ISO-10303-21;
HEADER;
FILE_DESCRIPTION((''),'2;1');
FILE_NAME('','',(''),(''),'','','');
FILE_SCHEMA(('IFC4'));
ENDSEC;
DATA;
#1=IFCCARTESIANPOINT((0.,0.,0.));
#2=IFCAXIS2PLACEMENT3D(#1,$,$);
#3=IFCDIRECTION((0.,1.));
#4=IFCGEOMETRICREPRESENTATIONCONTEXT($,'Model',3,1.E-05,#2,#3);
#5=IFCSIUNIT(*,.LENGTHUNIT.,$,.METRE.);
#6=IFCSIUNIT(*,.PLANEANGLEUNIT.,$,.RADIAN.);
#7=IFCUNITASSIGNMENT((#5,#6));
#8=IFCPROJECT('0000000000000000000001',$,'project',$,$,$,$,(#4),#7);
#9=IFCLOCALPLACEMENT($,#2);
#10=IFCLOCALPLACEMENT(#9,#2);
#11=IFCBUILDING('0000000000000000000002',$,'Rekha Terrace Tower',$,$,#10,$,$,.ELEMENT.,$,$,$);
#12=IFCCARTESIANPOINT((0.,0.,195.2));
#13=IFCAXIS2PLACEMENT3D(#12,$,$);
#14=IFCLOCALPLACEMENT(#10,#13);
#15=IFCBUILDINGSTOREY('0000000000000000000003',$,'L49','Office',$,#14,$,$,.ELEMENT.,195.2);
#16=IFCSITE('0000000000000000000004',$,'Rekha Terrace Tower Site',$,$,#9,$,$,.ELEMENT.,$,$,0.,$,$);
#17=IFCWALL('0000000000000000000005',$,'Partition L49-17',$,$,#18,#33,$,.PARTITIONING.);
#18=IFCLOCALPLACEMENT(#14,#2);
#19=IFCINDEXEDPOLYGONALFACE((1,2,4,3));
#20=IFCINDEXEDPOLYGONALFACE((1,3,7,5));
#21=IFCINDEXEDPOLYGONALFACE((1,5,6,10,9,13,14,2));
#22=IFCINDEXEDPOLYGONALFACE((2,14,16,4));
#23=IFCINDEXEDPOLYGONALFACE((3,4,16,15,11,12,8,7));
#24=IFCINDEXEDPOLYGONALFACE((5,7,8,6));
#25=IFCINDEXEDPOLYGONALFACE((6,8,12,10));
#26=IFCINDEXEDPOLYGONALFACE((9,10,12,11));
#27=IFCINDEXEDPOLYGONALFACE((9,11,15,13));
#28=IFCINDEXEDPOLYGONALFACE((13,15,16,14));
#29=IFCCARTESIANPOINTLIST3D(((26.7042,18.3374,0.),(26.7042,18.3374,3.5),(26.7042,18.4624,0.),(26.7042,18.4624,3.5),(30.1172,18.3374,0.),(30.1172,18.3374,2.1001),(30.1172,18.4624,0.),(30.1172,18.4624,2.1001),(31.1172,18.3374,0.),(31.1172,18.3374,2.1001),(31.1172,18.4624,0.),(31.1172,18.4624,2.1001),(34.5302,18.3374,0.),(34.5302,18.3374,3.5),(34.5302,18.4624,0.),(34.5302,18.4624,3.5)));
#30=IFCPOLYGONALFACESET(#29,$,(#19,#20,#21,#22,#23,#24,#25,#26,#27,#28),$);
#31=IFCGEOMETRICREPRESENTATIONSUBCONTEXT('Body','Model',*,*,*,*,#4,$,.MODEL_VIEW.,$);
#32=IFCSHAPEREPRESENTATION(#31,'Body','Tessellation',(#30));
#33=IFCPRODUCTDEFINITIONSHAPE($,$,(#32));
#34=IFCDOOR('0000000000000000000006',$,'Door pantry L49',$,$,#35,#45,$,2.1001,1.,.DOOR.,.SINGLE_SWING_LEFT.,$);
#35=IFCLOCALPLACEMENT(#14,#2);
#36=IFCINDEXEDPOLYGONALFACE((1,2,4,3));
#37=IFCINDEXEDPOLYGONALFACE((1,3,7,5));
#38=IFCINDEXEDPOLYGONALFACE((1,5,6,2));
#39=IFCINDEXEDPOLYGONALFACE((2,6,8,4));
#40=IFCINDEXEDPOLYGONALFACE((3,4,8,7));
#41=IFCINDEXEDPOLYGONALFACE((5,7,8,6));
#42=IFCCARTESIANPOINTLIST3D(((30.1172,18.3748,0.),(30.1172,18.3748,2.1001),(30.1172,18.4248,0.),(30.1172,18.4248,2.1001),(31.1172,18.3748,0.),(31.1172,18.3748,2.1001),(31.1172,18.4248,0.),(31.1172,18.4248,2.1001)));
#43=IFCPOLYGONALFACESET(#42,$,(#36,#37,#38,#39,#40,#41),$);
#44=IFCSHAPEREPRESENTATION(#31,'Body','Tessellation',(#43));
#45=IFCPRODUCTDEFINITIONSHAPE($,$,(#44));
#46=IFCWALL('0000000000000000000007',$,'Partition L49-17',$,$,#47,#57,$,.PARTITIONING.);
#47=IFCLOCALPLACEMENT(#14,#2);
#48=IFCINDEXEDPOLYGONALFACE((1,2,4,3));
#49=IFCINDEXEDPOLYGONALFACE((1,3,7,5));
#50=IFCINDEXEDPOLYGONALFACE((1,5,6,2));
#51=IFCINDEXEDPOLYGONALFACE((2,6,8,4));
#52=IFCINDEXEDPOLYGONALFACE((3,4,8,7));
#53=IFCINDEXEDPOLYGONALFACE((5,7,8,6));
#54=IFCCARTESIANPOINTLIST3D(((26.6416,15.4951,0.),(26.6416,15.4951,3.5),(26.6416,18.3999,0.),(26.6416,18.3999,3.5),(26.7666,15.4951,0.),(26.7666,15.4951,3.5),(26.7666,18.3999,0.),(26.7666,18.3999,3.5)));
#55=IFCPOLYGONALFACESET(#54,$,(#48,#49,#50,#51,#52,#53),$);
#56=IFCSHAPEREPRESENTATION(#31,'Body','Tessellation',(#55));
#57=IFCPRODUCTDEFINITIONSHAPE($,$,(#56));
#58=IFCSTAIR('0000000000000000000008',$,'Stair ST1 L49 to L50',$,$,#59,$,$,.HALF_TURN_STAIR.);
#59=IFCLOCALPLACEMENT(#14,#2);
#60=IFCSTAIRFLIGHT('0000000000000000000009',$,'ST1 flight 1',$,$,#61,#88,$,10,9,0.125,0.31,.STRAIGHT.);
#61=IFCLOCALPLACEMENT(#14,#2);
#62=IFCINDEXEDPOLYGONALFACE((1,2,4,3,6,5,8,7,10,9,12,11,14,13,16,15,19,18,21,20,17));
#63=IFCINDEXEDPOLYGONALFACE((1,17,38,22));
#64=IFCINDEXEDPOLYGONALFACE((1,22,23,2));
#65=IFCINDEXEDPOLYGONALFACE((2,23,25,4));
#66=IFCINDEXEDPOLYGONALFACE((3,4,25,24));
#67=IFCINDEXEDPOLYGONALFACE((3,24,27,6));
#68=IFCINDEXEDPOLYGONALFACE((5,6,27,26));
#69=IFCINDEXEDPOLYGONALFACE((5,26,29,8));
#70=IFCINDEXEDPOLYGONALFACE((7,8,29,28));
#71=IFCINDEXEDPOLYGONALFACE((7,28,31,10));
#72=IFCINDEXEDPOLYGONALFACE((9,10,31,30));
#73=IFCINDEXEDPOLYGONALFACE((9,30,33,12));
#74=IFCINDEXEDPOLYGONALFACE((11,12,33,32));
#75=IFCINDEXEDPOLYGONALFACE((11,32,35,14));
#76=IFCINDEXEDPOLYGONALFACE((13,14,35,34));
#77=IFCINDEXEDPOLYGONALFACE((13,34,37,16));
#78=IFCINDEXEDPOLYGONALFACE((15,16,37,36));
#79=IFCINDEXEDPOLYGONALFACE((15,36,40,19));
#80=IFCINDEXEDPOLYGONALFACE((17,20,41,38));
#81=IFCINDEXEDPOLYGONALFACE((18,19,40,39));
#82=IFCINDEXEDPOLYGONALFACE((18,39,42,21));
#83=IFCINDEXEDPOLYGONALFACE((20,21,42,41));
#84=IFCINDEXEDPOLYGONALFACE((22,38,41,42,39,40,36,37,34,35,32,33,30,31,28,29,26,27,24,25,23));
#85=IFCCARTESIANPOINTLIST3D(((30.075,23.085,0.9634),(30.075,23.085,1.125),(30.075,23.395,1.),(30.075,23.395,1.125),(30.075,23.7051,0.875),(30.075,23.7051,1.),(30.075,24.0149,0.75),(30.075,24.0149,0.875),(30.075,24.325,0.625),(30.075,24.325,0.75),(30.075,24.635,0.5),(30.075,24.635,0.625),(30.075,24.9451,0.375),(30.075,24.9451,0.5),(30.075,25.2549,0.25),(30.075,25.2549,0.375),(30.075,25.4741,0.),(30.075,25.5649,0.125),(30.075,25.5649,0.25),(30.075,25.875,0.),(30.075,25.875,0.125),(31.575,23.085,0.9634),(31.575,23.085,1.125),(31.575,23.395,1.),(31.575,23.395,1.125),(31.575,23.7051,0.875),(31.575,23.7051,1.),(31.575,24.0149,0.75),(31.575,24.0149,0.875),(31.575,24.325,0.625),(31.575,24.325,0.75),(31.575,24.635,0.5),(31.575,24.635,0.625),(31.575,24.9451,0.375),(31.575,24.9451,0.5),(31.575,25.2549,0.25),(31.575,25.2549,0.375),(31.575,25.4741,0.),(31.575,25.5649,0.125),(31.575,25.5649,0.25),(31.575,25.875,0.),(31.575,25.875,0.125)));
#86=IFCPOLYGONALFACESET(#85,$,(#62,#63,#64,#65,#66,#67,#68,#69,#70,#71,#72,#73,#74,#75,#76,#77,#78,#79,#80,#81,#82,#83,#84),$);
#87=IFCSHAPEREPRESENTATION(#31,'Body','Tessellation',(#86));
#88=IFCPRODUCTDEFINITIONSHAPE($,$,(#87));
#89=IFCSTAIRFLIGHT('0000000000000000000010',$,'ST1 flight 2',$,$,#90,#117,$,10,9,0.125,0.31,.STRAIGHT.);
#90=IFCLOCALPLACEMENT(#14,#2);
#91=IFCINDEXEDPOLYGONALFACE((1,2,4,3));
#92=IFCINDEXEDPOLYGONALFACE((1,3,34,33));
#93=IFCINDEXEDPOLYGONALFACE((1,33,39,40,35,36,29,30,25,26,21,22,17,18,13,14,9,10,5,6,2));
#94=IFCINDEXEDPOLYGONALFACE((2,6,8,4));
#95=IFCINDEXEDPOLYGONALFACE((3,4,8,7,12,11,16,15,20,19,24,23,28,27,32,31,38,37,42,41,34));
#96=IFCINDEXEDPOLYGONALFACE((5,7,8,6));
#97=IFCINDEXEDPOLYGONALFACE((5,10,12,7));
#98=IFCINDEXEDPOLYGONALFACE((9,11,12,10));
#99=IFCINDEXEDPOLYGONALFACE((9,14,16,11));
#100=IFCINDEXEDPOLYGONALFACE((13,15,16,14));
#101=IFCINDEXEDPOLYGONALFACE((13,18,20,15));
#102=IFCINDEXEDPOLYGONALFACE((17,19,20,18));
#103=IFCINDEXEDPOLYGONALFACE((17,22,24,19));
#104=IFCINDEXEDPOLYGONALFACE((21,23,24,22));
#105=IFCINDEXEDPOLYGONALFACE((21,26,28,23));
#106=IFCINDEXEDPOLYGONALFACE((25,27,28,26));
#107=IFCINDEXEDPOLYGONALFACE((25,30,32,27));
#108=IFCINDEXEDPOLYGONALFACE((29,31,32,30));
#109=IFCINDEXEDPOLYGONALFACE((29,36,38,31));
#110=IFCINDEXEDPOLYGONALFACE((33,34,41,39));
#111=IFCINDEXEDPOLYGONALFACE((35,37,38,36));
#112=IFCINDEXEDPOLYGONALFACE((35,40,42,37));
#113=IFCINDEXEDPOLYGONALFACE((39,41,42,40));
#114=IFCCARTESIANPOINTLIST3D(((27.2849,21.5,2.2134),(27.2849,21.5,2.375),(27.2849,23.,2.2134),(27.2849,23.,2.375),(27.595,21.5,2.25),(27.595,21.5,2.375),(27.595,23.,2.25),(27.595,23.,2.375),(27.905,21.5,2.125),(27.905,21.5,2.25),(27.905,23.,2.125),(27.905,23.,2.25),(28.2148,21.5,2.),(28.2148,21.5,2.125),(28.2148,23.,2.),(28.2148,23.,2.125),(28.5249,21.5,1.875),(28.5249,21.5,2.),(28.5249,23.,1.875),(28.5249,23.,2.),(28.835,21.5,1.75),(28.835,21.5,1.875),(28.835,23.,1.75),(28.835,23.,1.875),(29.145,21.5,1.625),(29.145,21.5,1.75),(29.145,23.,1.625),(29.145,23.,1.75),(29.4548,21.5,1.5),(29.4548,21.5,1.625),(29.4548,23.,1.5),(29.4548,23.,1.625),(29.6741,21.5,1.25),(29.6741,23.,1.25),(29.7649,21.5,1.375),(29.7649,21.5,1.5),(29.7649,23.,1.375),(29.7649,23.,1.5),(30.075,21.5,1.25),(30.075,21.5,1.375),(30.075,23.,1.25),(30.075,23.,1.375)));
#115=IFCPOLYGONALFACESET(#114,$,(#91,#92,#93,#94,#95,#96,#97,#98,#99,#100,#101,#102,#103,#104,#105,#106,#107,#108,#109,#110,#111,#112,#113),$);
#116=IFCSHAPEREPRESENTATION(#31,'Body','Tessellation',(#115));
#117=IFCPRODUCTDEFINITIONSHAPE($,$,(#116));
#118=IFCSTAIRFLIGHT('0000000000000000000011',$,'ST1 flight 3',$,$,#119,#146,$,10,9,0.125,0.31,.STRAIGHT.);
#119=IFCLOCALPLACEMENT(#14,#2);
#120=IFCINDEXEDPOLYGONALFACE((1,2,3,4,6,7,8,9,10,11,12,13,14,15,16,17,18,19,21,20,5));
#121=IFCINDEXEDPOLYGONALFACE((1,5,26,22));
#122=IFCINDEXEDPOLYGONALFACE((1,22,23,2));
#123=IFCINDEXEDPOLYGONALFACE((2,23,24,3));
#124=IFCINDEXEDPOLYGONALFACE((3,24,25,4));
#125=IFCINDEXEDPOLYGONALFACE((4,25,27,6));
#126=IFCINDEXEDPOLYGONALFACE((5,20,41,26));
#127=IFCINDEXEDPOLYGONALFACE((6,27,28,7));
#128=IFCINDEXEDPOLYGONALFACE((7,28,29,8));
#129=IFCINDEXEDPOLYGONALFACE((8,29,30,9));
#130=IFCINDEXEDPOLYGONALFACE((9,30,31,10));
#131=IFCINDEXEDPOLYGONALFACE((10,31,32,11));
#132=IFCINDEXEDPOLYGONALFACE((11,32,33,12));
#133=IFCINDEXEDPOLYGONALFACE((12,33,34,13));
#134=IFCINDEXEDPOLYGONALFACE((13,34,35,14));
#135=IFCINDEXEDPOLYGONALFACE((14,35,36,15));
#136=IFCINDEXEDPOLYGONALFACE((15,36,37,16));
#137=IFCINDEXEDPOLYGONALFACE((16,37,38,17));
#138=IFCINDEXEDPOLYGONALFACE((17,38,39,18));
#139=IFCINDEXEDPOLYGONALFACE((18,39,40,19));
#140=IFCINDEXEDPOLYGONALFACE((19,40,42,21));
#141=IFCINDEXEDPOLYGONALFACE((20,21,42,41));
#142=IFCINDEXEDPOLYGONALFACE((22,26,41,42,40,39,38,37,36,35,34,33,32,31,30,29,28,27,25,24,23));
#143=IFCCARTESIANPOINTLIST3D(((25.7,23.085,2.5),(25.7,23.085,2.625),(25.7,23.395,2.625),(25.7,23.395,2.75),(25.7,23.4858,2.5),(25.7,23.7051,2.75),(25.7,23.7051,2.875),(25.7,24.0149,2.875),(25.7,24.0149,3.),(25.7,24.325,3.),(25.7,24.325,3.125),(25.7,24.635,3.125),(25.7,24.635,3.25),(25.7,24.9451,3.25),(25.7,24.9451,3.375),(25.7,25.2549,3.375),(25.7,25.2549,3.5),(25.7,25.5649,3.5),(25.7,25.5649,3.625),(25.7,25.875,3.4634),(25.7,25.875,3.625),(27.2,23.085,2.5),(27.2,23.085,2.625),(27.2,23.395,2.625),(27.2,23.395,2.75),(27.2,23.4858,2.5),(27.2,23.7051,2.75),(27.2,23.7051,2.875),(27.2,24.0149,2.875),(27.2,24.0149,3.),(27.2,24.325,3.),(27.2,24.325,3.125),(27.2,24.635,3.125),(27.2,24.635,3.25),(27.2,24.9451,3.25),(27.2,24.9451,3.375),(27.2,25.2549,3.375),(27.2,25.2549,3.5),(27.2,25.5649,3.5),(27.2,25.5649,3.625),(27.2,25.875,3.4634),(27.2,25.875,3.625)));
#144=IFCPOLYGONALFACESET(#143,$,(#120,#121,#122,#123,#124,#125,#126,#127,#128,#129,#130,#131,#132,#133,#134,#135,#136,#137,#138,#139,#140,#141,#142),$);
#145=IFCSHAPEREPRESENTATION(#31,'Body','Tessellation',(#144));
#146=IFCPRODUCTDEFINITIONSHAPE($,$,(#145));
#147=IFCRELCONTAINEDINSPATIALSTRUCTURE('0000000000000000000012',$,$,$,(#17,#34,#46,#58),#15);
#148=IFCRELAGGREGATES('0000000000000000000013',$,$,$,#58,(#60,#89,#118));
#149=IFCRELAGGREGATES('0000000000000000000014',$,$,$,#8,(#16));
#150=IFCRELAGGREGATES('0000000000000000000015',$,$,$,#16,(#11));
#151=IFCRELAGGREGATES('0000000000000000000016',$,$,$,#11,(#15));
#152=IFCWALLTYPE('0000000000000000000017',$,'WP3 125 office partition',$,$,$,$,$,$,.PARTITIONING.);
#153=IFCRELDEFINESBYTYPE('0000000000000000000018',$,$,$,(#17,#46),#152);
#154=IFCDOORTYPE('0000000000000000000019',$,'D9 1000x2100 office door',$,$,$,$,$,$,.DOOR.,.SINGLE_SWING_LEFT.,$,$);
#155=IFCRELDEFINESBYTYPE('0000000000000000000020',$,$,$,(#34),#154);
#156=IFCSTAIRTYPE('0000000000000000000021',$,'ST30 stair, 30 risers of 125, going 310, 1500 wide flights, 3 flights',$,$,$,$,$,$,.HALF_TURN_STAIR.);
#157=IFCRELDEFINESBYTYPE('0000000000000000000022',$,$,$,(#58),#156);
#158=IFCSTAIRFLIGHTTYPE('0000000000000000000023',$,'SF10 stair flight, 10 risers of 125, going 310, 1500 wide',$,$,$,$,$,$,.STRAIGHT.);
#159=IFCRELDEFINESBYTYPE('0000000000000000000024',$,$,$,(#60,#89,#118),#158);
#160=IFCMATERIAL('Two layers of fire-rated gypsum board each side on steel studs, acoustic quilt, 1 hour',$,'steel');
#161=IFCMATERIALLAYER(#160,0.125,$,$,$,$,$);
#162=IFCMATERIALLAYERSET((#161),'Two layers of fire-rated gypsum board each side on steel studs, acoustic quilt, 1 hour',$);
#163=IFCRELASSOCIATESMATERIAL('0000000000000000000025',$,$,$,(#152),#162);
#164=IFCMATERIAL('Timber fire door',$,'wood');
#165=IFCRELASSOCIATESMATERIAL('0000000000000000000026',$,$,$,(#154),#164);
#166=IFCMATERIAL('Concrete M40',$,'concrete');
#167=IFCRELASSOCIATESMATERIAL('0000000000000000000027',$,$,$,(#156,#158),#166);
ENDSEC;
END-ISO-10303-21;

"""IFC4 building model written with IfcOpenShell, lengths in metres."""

from ifc_helpers import new_model, si_unit, direction, frame, frame_2d, origin, place, context, subcontext, project, spatial, polyline, rectangle, outline, extrude, material, layer, layer_set, type_object, element, fill, aggregate, save


model = new_model("IFC4")

# Units and contexts
model_context = context("Model", 3, precision=1e-05, world=origin(), true_north=direction((0.0, 1.0)))
body_context = subcontext(model_context, "Body", "Model", "MODEL_VIEW")
ifc_project = project(units=[si_unit("LENGTHUNIT", "METRE"), si_unit("PLANEANGLEUNIT", "RADIAN")], contexts=[model_context])

# Site, building, storey
site_placement = place(None, origin())
site = spatial("IfcSite", under=ifc_project, at=site_placement, Name="Rekha Terrace Tower Site", CompositionType="ELEMENT", RefElevation=0.0)
building_placement = place(site_placement, origin())
building = spatial("IfcBuilding", under=site, at=building_placement, Name="Rekha Terrace Tower", CompositionType="ELEMENT")
storey_placement = place(building_placement, frame((0.0, 0.0, 195.2)))
storey = spatial("IfcBuildingStorey", under=building, at=storey_placement, Name="L49", Description="Office", CompositionType="ELEMENT", Elevation=195.2)

# Wall, opening, door
ifc_material_1 = material(Name="Two layers of fire-rated gypsum board each side on steel studs, acoustic quilt, 1 hour", Category="steel")
ifc_layer_1 = layer(ifc_material_1, 0.125)
ifc_layer_set_1 = layer_set([ifc_layer_1], Name="Two layers of fire-rated gypsum board each side on steel studs, acoustic quilt, 1 hour")
wall_type = type_object("IfcWallType", Name="WP3 125 office partition", PredefinedType="PARTITIONING", material=ifc_layer_set_1)
wall_1_placement = place(storey_placement, frame((26.7041, 18.3999, 0.0), z_axis=(0.0, 0.0, 1.0), x_axis=(1.0, 0.0, 0.0)))
wall_1 = element("IfcWall", 1, at=wall_1_placement, inside=storey, type_object=wall_type, Name="Partition L49-17", PredefinedType="PARTITIONING", context=body_context, shape_type="SweptSolid", body=[
    extrude(rectangle(XDim=7.8259, YDim=0.125, at=frame_2d((3.9131, 0.0))), origin(), (0.0, 0.0, 1.0), 3.5),
])
opening_placement = place(wall_1_placement, frame((3.4131, 0.0, 0.0)))
opening = element("IfcOpeningElement", 2, at=opening_placement, cuts=wall_1, PredefinedType="OPENING", context=body_context, shape_type="SweptSolid", body=[
    extrude(rectangle(XDim=1.0, YDim=2.1001, at=frame_2d((0.5, 1.05))), frame((0.0, 0.0725, 0.0), z_axis=(0.0, -1.0, 0.0), x_axis=(1.0, 0.0, 0.0)), (0.0, 0.0, 1.0), 0.145),
])
ifc_material_2 = material(Name="Timber fire door", Category="wood")
door_type = type_object("IfcDoorType", Name="D9 1000x2100 office door", OperationType="SINGLE_SWING_LEFT", PredefinedType="DOOR", material=ifc_material_2)
door_placement = place(opening_placement, origin())
door = element("IfcDoor", 3, at=door_placement, inside=storey, type_object=door_type, Name="Door pantry L49", OperationType="SINGLE_SWING_LEFT", OverallHeight=2.1001, OverallWidth=1.0, PredefinedType="DOOR", context=body_context, shape_type="SweptSolid", body=[
    extrude(rectangle(XDim=1.0, YDim=2.1001, at=frame_2d((0.5, 1.05))), frame((0.0, 0.0249, 0.0), z_axis=(0.0, -1.0, 0.0), x_axis=(1.0, 0.0, 0.0)), (0.0, 0.0, 1.0), 0.05),
])
fill(opening, door)

# Wall
wall_2_placement = place(storey_placement, frame((26.7041, 15.4951, 0.0), z_axis=(0.0, 0.0, 1.0), x_axis=(0.0, 1.0, 0.0)))
element("IfcWall", 4, at=wall_2_placement, inside=storey, type_object=wall_type, Name="Partition L49-17", PredefinedType="PARTITIONING", context=body_context, shape_type="SweptSolid", body=[
    extrude(rectangle(XDim=2.9048, YDim=0.125, at=frame_2d((1.4524, 0.0))), origin(), (0.0, 0.0, 1.0), 3.5),
])

# Stair, stair flights
ifc_material_3 = material(Name="Concrete M40", Category="concrete")
stair_type = type_object("IfcStairType", Name="ST30 stair, 30 risers of 125, going 310, 1500 wide flights, 3 flights", PredefinedType="HALF_TURN_STAIR", material=ifc_material_3)
stair_placement = place(storey_placement, origin())
stair = element("IfcStair", 5, at=stair_placement, inside=storey, type_object=stair_type, Name="Stair ST1 L49 to L50", PredefinedType="HALF_TURN_STAIR")
stair_flight_type = type_object("IfcStairFlightType", Name="SF10 stair flight, 10 risers of 125, going 310, 1500 wide", PredefinedType="STRAIGHT", material=ifc_material_3)
stair_flight_1_placement = place(storey_placement, frame((30.825, 25.875, 0.0), z_axis=(0.0, 0.0, 1.0), x_axis=(0.0, -1.0, 0.0)))
stair_flight_1 = element("IfcStairFlight", 6, at=stair_flight_1_placement, type_object=stair_flight_type, Name="ST1 flight 1", NumberOfRisers=10, NumberOfTreads=9, PredefinedType="STRAIGHT", RiserHeight=0.125, TreadLength=0.31, context=body_context, shape_type="SweptSolid", body=[
    extrude(outline(polyline([(0.0, 0.0), (0.0, 0.125), (0.3101, 0.125), (0.3101, 0.25), (0.6201, 0.25), (0.6201, 0.375), (0.9299, 0.375), (0.9299, 0.5), (1.24, 0.5), (1.24, 0.625), (1.55, 0.625), (1.55, 0.75), (1.8601, 0.75), (1.8601, 0.875), (2.1699, 0.875), (2.1699, 1.0), (2.48, 1.0), (2.48, 1.125), (2.79, 1.125), (2.79, 1.25), (2.79, 0.9634), (0.4009, 0.0), (0.0, 0.0)])), frame((0.0, 0.75, 0.0), z_axis=(0.0, -1.0, 0.0), x_axis=(1.0, 0.0, 0.0)), (0.0, 0.0, 1.0), 1.5),
])
stair_flight_2_placement = place(storey_placement, frame((30.075, 22.25, 1.25), z_axis=(0.0, 0.0, 1.0), x_axis=(-1.0, 0.0, 0.0)))
stair_flight_2 = element("IfcStairFlight", 7, at=stair_flight_2_placement, type_object=stair_flight_type, Name="ST1 flight 2", NumberOfRisers=10, NumberOfTreads=9, PredefinedType="STRAIGHT", RiserHeight=0.125, TreadLength=0.31, context=body_context, shape_type="SweptSolid", body=[
    extrude(outline(polyline([(0.0, 0.0), (0.0, 0.125), (0.3101, 0.125), (0.3101, 0.25), (0.6201, 0.25), (0.6201, 0.375), (0.9299, 0.375), (0.9299, 0.5), (1.24, 0.5), (1.24, 0.625), (1.55, 0.625), (1.55, 0.75), (1.8601, 0.75), (1.8601, 0.875), (2.1699, 0.875), (2.1699, 1.0), (2.48, 1.0), (2.48, 1.125), (2.79, 1.125), (2.79, 1.25), (2.79, 0.9634), (0.4009, 0.0), (0.0, 0.0)])), frame((0.0, 0.75, 0.0), z_axis=(0.0, -1.0, 0.0), x_axis=(1.0, 0.0, 0.0)), (0.0, 0.0, 1.0), 1.5),
])
stair_flight_3_placement = place(storey_placement, frame((26.45, 23.085, 2.5), z_axis=(0.0, 0.0, 1.0), x_axis=(0.0, 1.0, 0.0)))
stair_flight_3 = element("IfcStairFlight", 8, at=stair_flight_3_placement, type_object=stair_flight_type, Name="ST1 flight 3", NumberOfRisers=10, NumberOfTreads=9, PredefinedType="STRAIGHT", RiserHeight=0.125, TreadLength=0.31, context=body_context, shape_type="SweptSolid", body=[
    extrude(outline(polyline([(0.0, 0.0), (0.0, 0.125), (0.3101, 0.125), (0.3101, 0.25), (0.6201, 0.25), (0.6201, 0.375), (0.9299, 0.375), (0.9299, 0.5), (1.24, 0.5), (1.24, 0.625), (1.55, 0.625), (1.55, 0.75), (1.8601, 0.75), (1.8601, 0.875), (2.1699, 0.875), (2.1699, 1.0), (2.48, 1.0), (2.48, 1.125), (2.79, 1.125), (2.79, 1.25), (2.79, 0.9634), (0.4009, 0.0), (0.0, 0.0)])), frame((0.0, 0.75, 0.0), z_axis=(0.0, -1.0, 0.0), x_axis=(1.0, 0.0, 0.0)), (0.0, 0.0, 1.0), 1.5),
])
aggregate(stair, [stair_flight_1, stair_flight_2, stair_flight_3])

save(model, "model.ifc")
